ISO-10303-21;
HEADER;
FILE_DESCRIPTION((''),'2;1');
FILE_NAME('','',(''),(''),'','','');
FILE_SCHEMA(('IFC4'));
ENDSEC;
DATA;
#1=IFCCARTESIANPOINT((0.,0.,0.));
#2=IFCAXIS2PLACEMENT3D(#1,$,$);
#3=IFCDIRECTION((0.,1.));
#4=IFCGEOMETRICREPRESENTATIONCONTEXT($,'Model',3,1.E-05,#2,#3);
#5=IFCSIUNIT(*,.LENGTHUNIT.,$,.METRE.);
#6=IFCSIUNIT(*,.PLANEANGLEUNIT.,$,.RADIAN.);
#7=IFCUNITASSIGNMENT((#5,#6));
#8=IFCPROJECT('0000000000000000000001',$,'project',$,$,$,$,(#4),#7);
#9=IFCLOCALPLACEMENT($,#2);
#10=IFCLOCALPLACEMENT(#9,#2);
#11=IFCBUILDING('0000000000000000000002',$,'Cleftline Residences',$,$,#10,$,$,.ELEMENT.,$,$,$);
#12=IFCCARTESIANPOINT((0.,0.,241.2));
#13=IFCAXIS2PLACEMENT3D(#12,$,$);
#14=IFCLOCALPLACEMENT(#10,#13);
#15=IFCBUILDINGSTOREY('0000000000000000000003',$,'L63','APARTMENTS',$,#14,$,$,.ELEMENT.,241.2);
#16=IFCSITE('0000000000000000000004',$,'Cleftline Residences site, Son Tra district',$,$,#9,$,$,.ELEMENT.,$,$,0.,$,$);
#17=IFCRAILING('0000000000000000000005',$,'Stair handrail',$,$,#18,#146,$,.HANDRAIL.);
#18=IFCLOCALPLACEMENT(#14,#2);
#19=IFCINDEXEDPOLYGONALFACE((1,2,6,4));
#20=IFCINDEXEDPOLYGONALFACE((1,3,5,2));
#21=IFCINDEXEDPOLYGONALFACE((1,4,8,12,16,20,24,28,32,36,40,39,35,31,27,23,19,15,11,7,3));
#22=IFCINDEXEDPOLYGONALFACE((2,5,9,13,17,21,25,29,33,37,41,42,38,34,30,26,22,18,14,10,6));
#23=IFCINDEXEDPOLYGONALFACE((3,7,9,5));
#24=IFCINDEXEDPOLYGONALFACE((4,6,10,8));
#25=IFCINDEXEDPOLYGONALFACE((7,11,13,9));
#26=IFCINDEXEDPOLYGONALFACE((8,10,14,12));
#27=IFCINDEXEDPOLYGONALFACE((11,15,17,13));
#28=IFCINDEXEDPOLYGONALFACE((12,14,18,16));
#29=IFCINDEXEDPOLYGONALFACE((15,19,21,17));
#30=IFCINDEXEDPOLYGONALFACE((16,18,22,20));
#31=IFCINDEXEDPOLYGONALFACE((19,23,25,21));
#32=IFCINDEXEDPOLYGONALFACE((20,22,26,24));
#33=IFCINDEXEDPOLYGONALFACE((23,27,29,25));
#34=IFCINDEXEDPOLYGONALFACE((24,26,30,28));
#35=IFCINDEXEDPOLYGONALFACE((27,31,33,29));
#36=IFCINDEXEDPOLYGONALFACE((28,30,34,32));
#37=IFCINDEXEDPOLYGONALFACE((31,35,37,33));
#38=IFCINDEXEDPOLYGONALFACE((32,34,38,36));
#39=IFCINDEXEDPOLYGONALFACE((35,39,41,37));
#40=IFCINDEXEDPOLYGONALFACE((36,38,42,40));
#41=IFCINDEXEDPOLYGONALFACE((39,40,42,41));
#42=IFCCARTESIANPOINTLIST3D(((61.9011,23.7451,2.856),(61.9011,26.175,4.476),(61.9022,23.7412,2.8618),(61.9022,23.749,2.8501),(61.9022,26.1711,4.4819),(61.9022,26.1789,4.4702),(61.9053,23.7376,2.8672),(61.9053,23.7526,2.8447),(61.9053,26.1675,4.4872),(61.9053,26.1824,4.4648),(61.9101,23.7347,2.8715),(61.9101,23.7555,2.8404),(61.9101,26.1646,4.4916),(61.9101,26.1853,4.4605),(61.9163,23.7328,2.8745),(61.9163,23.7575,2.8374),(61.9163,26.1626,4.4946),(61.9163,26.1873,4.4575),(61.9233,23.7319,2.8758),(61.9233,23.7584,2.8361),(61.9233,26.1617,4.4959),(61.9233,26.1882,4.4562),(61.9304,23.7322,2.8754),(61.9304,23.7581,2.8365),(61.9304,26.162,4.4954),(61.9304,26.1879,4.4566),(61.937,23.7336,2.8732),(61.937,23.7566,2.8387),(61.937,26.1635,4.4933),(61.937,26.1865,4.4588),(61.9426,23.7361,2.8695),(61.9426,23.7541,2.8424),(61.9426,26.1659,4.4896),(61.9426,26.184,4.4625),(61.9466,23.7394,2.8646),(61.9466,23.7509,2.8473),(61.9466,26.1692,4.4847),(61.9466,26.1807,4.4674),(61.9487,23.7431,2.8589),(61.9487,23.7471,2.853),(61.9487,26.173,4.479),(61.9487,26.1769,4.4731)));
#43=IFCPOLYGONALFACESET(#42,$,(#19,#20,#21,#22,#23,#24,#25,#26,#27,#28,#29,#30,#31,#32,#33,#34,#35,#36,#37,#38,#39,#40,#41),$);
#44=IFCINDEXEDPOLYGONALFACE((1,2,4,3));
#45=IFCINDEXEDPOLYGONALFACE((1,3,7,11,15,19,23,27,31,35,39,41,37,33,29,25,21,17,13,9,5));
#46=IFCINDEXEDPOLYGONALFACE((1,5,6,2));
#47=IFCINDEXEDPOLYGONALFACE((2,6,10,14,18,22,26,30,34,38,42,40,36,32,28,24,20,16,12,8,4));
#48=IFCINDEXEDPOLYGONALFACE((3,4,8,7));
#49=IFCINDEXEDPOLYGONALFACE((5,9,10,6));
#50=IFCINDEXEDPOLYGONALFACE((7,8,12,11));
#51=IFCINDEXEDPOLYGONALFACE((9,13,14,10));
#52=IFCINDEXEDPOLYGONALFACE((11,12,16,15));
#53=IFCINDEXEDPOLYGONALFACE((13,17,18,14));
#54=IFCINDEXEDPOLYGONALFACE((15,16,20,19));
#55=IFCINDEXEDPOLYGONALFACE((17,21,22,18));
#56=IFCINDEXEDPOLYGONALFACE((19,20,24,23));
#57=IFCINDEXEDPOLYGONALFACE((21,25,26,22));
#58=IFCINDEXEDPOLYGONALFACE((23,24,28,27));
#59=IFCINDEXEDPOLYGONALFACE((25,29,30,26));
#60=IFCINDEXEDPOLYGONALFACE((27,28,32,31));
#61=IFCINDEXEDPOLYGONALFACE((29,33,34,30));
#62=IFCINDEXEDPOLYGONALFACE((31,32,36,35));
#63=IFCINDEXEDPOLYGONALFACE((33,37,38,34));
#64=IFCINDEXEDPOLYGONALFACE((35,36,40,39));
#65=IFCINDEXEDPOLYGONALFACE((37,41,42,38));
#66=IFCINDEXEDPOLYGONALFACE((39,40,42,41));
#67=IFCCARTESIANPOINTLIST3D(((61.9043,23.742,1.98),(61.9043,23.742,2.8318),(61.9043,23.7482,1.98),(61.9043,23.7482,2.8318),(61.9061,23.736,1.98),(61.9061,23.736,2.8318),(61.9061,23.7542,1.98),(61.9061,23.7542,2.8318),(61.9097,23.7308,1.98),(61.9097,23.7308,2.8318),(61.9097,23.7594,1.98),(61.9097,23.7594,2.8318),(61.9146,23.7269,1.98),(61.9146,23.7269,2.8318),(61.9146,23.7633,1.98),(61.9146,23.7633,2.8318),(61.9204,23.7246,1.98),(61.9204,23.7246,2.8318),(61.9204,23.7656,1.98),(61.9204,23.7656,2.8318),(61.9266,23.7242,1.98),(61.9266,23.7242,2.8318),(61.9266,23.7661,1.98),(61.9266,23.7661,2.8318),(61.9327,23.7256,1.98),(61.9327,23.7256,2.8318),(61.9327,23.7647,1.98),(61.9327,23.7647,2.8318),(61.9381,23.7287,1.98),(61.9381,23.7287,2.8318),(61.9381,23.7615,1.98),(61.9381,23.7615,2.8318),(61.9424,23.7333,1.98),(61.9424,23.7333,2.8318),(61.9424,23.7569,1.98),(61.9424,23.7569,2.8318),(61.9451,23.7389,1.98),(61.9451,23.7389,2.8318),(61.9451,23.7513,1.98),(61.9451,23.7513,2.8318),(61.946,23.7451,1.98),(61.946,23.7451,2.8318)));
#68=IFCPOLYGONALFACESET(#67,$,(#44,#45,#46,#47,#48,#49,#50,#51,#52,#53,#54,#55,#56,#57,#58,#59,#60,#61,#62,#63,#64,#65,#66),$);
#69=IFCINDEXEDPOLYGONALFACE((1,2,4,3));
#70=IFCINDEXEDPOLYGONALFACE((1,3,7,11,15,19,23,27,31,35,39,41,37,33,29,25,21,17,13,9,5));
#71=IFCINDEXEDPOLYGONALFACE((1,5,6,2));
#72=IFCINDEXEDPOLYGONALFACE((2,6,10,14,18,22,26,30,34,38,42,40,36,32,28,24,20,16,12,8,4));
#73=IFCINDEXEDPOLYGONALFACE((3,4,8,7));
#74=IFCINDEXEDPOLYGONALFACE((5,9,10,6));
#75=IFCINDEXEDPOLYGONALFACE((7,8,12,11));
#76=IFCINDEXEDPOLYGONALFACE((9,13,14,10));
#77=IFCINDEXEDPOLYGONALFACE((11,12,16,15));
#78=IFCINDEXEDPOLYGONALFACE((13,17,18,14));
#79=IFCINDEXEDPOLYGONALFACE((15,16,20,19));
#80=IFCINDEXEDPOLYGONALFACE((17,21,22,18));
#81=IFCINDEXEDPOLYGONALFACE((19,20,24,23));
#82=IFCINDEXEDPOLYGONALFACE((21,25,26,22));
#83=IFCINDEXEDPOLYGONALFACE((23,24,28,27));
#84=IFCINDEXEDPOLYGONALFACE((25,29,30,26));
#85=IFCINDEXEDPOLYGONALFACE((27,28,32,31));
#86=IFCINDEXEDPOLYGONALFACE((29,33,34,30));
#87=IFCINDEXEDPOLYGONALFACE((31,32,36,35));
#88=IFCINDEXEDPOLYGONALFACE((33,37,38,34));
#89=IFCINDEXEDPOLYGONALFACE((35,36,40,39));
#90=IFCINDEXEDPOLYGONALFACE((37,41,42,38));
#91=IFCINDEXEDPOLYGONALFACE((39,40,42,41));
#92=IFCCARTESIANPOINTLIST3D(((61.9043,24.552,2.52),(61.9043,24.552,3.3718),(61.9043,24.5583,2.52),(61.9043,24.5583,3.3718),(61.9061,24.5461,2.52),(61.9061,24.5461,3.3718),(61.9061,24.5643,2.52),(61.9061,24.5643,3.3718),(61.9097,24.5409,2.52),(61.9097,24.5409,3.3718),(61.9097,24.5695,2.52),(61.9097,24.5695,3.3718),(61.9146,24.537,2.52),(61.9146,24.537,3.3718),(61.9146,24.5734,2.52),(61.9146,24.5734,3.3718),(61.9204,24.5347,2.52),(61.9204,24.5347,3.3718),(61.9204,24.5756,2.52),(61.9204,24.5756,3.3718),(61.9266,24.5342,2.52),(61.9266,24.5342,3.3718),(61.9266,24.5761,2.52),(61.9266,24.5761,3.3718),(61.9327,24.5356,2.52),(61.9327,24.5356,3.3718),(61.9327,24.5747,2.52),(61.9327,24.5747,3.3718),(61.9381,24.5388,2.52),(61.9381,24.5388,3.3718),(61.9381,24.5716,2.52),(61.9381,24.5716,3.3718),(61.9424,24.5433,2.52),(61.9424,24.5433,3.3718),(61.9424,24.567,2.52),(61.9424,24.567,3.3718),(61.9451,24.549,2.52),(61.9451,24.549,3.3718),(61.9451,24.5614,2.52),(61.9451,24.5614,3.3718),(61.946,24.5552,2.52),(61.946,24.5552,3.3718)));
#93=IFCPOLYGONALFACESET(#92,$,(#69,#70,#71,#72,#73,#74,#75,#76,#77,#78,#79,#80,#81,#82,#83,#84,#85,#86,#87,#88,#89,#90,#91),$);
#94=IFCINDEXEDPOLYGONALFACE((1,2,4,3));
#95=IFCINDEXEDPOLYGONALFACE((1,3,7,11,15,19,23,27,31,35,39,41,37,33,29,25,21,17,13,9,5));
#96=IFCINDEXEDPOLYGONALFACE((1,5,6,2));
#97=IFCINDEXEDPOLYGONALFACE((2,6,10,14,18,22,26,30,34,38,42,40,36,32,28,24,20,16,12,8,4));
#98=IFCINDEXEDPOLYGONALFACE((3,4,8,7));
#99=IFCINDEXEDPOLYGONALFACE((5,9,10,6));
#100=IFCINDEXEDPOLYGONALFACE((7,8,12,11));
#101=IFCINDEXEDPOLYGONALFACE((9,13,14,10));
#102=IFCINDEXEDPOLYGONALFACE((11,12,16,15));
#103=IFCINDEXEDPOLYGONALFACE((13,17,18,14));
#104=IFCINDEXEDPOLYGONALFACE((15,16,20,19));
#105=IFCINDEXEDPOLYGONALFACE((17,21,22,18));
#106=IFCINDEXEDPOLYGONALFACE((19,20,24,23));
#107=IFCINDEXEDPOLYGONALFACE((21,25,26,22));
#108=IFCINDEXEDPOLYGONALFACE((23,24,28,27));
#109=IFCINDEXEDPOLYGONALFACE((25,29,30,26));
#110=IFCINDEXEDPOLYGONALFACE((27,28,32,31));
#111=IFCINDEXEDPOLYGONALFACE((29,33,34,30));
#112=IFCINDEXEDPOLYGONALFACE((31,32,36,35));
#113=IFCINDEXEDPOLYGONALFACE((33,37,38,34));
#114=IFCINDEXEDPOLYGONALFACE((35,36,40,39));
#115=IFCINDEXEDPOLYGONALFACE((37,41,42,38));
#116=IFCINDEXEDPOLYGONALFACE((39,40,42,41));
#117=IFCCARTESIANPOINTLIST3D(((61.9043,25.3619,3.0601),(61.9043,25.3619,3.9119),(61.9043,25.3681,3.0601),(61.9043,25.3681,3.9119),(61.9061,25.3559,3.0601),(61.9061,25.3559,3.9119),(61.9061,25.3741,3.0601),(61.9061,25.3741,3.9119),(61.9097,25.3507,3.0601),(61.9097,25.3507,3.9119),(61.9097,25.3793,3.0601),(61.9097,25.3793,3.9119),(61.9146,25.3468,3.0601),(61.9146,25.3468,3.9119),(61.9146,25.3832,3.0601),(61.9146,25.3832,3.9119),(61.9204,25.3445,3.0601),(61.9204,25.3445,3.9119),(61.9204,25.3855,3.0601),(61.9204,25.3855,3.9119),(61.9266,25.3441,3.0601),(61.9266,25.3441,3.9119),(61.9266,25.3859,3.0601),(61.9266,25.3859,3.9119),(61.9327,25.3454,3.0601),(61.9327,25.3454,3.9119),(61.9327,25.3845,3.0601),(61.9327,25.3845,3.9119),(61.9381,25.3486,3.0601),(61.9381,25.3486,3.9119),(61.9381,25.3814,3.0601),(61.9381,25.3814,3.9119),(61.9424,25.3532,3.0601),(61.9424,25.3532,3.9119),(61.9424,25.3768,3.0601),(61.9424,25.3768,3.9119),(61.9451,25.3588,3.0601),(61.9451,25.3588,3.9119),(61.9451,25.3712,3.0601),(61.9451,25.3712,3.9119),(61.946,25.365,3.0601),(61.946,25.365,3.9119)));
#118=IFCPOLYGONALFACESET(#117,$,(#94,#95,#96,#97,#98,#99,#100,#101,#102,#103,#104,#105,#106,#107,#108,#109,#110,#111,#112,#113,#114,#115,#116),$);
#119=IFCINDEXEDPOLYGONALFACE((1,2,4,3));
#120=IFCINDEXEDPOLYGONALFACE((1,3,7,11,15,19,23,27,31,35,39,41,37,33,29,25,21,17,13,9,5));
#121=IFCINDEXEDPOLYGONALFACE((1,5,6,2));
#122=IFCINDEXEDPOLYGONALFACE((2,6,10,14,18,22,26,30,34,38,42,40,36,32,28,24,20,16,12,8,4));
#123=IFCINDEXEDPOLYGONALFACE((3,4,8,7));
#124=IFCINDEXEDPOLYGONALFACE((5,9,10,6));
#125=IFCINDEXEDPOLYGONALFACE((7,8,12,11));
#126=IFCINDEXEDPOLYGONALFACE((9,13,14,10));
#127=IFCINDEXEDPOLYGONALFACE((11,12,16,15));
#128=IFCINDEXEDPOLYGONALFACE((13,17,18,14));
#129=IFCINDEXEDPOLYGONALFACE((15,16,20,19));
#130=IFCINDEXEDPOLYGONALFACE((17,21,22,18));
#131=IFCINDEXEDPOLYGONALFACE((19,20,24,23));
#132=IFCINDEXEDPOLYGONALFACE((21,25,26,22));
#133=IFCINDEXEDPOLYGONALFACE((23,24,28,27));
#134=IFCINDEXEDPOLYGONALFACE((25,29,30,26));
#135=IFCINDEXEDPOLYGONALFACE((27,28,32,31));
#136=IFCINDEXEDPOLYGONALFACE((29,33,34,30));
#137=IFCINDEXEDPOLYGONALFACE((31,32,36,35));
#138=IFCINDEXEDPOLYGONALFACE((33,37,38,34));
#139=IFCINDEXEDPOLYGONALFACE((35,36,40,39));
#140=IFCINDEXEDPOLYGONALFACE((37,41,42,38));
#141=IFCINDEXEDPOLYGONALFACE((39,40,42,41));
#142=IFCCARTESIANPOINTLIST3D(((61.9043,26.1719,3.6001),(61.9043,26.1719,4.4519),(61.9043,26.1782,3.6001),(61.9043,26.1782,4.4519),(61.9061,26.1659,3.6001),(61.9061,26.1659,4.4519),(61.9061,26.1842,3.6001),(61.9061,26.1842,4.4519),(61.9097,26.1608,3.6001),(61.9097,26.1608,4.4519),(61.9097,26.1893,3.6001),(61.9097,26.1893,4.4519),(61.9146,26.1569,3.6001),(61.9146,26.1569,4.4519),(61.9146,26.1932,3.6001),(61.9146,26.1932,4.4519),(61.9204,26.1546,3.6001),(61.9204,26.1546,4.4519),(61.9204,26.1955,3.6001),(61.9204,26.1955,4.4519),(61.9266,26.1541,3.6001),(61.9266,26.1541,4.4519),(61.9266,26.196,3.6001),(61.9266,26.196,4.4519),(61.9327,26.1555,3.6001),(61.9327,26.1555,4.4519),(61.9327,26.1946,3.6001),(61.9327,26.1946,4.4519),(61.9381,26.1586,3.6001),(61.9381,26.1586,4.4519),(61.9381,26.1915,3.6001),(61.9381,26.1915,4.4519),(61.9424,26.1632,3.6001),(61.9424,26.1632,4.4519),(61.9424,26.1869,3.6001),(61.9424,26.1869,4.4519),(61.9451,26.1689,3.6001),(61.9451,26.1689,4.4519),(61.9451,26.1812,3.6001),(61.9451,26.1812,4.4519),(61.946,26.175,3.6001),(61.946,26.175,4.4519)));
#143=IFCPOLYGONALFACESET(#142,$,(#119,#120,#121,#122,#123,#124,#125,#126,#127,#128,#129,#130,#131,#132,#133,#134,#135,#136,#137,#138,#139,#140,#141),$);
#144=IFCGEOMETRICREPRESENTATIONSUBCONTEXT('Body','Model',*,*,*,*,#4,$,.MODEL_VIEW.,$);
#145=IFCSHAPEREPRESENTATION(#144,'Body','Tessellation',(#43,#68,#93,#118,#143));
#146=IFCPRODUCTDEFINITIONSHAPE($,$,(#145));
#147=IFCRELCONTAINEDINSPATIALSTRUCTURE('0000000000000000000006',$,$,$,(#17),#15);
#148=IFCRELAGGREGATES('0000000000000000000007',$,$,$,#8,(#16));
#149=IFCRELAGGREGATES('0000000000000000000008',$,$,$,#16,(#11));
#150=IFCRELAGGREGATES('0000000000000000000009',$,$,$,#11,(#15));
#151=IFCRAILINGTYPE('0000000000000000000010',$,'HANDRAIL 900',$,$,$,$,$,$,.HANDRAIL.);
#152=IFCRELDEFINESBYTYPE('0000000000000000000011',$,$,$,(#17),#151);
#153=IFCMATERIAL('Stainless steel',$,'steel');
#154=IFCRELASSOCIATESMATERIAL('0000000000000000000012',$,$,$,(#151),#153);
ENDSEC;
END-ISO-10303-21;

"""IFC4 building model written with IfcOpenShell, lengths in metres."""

from ifc_helpers import new_model, si_unit, direction, frame, origin, origin_2d, place, context, subcontext, project, spatial, circle, extrude, material, type_object, element, save


model = new_model("IFC4")

# Units and contexts
model_context = context("Model", 3, precision=1e-05, world=origin(), true_north=direction((0.0, 1.0)))
body_context = subcontext(model_context, "Body", "Model", "MODEL_VIEW")
ifc_project = project(units=[si_unit("LENGTHUNIT", "METRE"), si_unit("PLANEANGLEUNIT", "RADIAN")], contexts=[model_context])

# Site, building, storey
site_placement = place(None, origin())
site = spatial("IfcSite", under=ifc_project, at=site_placement, Name="Cleftline Residences site, Son Tra district", CompositionType="ELEMENT", RefElevation=0.0)
building_placement = place(site_placement, origin())
building = spatial("IfcBuilding", under=site, at=building_placement, Name="Cleftline Residences", CompositionType="ELEMENT")
storey_placement = place(building_placement, frame((0.0, 0.0, 241.2)))
storey = spatial("IfcBuildingStorey", under=building, at=storey_placement, Name="L63", Description="APARTMENTS", CompositionType="ELEMENT", Elevation=241.2)

# Railing
ifc_material_1 = material(Name="Stainless steel", Category="steel")
railing_type = type_object("IfcRailingType", Name="HANDRAIL 900", PredefinedType="HANDRAIL", material=ifc_material_1)
railing_placement = place(storey_placement, frame((61.925, 23.7451, 1.98)))
element("IfcRailing", 1, at=railing_placement, inside=storey, type_object=railing_type, Name="Stair handrail", PredefinedType="HANDRAIL", context=body_context, shape_type="SweptSolid", body=[
    extrude(circle(Radius=0.0239, at=origin_2d()), frame((0.0, 0.0, 0.876), z_axis=(0.0, 0.832025, 0.554739), x_axis=(-1.0, 0.0, 0.0)), (0.0, 0.0, 1.0), 2.9204),
    extrude(circle(Radius=0.021, at=origin_2d()), origin(), (0.0, 0.0, 1.0), 0.8518),
    extrude(circle(Radius=0.021, at=origin_2d()), frame((0.0, 0.8101, 0.54)), (0.0, 0.0, 1.0), 0.8518),
    extrude(circle(Radius=0.021, at=origin_2d()), frame((0.0, 1.6199, 1.0801)), (0.0, 0.0, 1.0), 0.8518),
    extrude(circle(Radius=0.021, at=origin_2d()), frame((0.0, 2.4299, 1.6201)), (0.0, 0.0, 1.0), 0.8518),
])

save(model, "model.ifc")
